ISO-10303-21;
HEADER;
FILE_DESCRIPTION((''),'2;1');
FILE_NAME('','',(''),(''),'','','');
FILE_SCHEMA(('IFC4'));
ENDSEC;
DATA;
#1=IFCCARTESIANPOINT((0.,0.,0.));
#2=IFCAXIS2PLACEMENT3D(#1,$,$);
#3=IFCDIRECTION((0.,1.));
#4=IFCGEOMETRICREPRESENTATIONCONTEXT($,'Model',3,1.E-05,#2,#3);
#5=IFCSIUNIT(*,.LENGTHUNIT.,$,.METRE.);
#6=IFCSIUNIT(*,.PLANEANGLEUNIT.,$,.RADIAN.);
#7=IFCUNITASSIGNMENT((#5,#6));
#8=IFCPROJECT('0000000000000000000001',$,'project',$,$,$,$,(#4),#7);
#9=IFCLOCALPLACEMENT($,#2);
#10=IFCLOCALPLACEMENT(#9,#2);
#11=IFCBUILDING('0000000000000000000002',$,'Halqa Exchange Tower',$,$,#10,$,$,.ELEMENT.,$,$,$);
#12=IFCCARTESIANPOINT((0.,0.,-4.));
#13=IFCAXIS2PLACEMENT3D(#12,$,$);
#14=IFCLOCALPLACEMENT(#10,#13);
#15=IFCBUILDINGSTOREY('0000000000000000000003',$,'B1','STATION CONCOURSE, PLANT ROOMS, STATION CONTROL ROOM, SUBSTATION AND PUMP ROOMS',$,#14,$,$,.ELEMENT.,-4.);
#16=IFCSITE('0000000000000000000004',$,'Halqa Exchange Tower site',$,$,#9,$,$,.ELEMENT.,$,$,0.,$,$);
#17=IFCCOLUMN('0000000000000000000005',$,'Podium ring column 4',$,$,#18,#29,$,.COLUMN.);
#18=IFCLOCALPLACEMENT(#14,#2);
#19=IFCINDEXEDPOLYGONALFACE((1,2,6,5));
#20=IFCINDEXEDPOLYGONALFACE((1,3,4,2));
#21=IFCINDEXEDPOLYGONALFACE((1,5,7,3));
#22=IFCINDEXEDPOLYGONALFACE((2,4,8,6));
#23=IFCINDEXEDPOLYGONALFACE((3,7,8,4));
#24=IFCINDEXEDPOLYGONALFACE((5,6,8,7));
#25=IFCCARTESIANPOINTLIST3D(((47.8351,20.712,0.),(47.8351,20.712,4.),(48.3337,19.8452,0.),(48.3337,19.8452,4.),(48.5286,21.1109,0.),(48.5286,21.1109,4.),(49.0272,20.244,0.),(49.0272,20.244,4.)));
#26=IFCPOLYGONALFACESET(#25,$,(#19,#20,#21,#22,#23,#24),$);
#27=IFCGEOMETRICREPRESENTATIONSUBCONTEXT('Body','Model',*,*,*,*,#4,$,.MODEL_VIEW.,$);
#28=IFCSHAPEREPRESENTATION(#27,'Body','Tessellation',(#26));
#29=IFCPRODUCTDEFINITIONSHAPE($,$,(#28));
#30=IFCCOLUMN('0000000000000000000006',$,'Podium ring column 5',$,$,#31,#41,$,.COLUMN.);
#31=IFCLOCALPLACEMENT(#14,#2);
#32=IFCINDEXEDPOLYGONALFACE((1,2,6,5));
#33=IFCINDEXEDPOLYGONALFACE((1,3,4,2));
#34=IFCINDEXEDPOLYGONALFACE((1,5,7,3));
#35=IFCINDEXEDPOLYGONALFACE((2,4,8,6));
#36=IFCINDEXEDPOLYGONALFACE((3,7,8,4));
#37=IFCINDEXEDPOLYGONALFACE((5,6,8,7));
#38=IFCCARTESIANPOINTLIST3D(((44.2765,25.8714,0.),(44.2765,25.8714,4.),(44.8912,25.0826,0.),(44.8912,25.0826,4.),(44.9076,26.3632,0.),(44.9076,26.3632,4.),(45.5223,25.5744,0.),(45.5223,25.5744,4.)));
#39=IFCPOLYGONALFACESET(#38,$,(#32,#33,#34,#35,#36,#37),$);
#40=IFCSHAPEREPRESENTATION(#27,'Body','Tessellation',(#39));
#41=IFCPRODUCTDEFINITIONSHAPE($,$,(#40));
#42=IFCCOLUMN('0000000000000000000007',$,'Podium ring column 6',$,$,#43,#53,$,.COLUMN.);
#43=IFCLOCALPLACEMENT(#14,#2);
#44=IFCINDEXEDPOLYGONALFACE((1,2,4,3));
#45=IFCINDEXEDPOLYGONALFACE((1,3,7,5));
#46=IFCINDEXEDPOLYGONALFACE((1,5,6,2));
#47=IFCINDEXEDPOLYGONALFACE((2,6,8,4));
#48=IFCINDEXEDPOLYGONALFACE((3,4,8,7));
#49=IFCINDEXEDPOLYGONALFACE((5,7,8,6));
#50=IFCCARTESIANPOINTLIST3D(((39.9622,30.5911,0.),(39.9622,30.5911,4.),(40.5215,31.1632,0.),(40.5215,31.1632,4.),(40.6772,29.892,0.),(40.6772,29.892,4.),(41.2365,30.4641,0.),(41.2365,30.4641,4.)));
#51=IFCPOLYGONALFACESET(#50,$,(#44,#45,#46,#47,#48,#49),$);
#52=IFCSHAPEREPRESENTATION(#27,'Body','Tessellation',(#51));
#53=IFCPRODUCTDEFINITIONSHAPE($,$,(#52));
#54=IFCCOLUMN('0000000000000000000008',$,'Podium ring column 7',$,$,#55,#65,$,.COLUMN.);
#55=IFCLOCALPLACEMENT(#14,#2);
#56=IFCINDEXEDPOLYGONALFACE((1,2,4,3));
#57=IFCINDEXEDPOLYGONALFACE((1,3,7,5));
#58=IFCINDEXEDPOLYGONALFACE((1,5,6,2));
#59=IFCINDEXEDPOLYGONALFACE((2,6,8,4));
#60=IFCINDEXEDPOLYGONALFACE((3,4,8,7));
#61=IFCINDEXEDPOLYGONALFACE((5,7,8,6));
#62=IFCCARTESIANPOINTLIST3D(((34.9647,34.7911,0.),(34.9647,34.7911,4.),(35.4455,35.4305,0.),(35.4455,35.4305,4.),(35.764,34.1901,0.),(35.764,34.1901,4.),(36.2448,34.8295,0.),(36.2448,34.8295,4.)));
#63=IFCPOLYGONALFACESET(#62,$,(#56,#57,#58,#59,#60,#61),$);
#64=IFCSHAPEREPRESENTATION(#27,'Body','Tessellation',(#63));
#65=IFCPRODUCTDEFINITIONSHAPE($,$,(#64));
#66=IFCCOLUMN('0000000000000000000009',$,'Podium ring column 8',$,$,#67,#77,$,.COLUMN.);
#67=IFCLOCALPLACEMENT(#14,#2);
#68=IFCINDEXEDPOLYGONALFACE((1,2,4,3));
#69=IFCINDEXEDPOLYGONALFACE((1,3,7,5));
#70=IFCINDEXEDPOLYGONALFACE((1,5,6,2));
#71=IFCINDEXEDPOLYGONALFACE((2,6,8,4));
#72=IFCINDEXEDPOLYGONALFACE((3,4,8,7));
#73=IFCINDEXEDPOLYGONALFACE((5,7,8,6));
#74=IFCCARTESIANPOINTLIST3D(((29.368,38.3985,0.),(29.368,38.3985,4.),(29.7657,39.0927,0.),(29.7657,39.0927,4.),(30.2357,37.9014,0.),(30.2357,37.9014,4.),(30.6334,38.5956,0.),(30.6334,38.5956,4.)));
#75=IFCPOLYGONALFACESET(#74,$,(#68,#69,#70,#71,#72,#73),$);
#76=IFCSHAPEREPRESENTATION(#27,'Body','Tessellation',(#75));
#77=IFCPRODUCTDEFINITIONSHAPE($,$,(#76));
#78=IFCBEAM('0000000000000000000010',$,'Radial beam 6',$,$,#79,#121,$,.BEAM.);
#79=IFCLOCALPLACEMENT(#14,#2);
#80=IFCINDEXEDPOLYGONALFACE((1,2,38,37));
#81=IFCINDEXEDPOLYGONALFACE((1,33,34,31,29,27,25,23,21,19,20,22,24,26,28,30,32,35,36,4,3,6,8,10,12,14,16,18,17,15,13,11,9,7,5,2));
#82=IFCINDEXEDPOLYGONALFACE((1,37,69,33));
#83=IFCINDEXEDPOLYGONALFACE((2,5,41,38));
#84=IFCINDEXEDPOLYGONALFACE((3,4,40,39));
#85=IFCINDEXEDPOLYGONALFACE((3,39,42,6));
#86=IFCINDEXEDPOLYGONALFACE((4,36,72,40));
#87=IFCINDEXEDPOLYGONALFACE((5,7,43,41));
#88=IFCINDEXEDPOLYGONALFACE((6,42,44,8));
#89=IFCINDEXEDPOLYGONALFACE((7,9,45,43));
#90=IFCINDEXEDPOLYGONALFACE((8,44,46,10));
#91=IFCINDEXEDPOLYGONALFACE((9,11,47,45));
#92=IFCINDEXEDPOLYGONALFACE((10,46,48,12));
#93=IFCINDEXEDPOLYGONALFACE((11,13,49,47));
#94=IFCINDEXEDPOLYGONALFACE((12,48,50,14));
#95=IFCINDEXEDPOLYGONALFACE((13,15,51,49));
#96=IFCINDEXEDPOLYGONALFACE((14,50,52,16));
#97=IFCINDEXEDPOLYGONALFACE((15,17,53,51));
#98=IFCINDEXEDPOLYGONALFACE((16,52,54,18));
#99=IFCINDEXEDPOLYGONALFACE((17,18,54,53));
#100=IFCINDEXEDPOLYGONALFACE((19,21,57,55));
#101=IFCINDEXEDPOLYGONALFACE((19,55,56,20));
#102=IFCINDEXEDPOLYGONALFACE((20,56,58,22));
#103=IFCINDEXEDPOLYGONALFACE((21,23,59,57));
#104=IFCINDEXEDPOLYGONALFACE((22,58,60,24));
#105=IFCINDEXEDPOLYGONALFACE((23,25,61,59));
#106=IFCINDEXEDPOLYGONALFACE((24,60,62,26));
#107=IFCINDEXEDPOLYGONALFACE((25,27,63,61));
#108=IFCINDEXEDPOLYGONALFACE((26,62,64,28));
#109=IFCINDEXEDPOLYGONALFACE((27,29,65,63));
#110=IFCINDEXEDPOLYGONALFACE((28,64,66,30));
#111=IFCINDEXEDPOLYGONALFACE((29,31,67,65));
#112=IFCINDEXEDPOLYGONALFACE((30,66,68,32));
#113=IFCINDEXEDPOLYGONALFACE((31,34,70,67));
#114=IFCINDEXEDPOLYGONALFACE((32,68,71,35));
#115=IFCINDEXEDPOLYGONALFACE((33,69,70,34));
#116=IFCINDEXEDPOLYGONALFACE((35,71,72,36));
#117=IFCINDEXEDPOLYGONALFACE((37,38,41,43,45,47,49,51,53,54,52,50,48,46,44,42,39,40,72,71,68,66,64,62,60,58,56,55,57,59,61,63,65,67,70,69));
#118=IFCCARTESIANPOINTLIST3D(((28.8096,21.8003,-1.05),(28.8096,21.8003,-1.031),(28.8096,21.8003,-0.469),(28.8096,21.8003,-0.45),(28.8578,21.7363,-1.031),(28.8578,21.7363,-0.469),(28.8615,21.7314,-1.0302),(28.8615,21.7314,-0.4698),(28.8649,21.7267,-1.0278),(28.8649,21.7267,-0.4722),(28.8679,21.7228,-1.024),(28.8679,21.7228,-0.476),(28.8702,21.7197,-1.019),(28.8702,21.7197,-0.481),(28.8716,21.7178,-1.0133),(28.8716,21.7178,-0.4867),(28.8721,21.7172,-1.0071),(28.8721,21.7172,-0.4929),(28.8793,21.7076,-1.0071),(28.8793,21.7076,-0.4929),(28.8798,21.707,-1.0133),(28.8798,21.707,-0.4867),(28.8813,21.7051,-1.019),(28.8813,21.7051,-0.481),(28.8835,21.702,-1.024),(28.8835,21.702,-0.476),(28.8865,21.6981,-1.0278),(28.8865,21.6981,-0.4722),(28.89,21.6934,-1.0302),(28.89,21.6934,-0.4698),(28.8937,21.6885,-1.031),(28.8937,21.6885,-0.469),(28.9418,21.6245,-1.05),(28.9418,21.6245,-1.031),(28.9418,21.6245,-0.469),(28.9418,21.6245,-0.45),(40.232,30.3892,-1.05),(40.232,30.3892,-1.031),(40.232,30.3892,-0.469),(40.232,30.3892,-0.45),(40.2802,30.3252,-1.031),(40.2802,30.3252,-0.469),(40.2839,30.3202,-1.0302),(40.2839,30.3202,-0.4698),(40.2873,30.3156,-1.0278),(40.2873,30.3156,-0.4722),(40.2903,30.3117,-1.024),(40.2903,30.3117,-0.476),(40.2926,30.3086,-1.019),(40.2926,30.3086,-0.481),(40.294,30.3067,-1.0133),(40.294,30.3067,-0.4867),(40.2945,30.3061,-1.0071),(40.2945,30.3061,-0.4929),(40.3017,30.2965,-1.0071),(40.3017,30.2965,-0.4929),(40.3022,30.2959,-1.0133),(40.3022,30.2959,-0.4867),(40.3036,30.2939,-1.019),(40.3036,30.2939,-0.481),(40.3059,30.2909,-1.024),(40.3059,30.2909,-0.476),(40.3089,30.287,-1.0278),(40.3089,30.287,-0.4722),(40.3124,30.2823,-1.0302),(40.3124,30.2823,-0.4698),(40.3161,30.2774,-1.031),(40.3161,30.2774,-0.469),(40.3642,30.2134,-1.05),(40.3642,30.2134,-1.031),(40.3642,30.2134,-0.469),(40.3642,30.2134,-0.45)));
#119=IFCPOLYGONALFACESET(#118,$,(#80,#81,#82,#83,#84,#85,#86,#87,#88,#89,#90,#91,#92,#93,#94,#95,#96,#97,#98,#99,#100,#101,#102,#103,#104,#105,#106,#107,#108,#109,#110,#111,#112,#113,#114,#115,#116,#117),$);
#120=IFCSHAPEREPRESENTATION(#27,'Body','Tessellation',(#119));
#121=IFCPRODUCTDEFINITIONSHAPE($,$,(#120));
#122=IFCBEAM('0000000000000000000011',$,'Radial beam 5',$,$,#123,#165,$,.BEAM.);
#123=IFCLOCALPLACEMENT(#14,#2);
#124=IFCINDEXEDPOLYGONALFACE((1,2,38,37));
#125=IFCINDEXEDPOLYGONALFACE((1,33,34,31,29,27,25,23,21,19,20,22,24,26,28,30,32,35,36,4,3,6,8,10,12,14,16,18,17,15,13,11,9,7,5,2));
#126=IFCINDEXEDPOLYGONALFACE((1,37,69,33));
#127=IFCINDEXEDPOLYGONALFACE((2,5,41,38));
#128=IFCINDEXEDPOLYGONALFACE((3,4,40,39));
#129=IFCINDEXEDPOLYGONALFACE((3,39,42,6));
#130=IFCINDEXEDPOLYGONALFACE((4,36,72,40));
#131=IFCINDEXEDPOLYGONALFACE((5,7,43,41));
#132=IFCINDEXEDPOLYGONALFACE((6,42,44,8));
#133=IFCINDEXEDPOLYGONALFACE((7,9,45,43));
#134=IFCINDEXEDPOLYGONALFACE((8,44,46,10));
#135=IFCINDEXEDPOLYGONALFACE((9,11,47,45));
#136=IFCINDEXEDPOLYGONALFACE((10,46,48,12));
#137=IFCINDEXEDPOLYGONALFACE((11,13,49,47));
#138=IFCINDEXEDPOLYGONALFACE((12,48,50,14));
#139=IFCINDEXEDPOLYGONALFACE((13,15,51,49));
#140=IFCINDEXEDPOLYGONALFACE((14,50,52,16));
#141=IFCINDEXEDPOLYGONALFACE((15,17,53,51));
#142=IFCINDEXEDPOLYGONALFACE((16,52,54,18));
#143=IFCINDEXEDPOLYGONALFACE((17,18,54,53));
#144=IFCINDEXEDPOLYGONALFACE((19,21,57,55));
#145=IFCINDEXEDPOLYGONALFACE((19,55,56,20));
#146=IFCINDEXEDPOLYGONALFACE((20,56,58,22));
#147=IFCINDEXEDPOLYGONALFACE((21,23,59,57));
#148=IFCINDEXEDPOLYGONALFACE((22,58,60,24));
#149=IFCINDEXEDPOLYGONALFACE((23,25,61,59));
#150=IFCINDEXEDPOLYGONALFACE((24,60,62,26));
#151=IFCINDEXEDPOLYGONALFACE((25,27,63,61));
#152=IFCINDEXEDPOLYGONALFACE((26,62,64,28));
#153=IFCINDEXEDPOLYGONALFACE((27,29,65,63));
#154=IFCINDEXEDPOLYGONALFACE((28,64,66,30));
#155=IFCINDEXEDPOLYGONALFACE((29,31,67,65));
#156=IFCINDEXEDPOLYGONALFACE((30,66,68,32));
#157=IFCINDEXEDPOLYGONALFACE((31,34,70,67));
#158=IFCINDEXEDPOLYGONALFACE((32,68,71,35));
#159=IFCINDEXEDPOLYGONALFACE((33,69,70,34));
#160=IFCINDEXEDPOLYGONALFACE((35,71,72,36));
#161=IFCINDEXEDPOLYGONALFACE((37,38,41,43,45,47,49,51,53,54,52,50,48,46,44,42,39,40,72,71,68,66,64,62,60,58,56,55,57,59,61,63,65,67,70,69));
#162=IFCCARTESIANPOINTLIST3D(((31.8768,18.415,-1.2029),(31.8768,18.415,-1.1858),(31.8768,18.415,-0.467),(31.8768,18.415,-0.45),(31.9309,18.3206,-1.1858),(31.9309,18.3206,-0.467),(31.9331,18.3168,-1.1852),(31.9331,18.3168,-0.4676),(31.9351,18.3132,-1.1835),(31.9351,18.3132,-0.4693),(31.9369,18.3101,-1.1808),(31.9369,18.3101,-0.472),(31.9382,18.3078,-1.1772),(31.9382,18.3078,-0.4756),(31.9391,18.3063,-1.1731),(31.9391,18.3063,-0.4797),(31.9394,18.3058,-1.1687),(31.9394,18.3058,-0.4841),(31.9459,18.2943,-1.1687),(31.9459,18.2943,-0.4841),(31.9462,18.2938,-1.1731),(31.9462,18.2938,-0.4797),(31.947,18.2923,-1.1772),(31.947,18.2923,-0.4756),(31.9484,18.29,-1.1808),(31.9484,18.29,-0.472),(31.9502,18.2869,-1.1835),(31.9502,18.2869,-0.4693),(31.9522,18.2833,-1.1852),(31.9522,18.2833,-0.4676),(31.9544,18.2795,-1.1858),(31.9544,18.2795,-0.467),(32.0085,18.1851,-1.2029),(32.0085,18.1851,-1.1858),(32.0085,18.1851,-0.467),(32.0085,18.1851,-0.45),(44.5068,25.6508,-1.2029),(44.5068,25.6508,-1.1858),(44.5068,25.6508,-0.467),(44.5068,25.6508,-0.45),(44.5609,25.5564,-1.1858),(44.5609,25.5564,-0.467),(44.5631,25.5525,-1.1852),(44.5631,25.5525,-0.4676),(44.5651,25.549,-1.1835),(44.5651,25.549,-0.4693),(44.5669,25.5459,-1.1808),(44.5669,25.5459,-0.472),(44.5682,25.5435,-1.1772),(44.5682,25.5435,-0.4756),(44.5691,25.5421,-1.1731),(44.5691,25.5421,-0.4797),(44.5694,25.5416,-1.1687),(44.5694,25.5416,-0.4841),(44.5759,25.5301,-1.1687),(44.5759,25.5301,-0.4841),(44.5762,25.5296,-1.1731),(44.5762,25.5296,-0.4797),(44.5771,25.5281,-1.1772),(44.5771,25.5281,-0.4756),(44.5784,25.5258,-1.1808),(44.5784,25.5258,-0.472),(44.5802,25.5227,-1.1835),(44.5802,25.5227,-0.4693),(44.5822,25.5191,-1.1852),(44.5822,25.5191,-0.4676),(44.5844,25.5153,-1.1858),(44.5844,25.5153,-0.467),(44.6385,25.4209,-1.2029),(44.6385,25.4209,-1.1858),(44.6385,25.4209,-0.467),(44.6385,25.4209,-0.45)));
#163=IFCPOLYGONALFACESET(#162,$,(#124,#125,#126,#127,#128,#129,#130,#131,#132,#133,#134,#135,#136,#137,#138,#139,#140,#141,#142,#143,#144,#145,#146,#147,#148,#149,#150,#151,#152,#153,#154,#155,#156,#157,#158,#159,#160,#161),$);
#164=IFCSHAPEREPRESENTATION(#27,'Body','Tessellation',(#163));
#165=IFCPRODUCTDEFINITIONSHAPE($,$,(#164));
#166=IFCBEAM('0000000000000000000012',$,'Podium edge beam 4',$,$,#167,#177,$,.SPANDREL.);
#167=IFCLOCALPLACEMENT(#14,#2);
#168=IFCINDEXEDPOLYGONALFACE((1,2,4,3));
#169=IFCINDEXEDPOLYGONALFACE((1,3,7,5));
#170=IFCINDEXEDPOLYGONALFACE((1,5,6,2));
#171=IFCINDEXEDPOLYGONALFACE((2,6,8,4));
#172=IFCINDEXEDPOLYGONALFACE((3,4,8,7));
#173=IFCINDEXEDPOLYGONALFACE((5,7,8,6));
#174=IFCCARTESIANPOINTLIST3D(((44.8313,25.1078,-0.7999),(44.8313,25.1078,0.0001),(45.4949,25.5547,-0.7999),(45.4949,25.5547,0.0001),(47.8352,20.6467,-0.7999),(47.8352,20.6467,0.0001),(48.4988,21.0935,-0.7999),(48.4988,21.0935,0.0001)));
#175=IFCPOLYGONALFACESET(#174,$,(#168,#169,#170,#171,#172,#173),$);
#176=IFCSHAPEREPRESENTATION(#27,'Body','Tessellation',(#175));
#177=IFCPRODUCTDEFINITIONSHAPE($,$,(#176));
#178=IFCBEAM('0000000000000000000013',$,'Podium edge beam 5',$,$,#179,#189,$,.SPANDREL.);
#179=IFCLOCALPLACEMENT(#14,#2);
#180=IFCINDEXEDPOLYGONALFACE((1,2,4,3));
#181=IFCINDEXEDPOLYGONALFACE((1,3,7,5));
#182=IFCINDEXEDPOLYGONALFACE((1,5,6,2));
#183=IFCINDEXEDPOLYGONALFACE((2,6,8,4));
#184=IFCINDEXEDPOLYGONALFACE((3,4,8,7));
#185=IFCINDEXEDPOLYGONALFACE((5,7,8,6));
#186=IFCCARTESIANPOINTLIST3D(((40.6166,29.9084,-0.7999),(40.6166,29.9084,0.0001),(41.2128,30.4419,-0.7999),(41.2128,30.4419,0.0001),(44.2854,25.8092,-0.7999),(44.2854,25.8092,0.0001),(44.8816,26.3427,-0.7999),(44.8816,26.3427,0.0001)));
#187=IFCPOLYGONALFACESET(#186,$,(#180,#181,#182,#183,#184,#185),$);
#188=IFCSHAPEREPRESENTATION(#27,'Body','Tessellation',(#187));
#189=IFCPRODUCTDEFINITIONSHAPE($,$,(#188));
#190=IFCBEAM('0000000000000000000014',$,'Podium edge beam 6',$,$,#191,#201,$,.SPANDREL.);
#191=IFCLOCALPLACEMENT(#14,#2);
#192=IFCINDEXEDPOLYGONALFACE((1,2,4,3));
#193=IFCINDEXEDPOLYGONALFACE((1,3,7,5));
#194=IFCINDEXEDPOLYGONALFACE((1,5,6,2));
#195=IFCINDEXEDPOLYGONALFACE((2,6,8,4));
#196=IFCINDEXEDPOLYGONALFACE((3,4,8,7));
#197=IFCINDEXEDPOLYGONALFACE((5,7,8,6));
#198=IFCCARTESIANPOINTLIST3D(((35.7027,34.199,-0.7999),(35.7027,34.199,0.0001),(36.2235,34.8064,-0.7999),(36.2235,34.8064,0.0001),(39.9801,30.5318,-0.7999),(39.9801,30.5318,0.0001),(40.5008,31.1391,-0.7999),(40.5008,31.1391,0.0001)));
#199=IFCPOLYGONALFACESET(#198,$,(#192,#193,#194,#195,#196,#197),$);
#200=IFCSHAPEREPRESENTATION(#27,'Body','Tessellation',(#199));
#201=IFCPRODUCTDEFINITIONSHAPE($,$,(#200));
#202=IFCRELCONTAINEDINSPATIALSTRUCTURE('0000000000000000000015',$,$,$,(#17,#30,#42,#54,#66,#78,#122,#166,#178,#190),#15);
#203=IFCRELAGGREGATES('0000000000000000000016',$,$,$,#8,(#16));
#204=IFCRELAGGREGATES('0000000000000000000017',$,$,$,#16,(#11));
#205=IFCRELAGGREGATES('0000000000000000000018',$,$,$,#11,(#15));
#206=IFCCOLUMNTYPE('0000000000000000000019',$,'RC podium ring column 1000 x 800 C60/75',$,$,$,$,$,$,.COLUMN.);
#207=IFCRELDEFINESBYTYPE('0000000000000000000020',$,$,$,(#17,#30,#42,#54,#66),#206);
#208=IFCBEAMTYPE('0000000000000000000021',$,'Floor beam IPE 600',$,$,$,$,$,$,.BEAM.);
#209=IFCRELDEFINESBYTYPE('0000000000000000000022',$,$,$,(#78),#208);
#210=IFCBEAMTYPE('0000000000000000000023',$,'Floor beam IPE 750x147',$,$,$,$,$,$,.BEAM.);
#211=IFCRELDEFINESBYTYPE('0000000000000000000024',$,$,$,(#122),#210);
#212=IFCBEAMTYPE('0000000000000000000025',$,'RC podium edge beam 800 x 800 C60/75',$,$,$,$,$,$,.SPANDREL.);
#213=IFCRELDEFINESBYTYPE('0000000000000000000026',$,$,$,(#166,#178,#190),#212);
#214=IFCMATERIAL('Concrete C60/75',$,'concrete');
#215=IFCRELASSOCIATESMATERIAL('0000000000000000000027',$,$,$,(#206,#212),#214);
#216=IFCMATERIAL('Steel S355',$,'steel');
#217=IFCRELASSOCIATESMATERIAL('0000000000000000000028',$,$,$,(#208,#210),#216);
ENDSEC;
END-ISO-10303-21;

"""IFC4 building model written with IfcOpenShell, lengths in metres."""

from ifc_helpers import new_model, si_unit, direction, frame, origin, origin_2d, place, context, subcontext, project, spatial, rectangle, i_section, extrude, material, material_profile, profile_set, type_object, element, save


model = new_model("IFC4")

# Units and contexts
model_context = context("Model", 3, precision=1e-05, world=origin(), true_north=direction((0.0, 1.0)))
body_context = subcontext(model_context, "Body", "Model", "MODEL_VIEW")
ifc_project = project(units=[si_unit("LENGTHUNIT", "METRE"), si_unit("PLANEANGLEUNIT", "RADIAN")], contexts=[model_context])

# Site, building, storey
site_placement = place(None, origin())
site = spatial("IfcSite", under=ifc_project, at=site_placement, Name="Halqa Exchange Tower site", CompositionType="ELEMENT", RefElevation=0.0)
building_placement = place(site_placement, origin())
building = spatial("IfcBuilding", under=site, at=building_placement, Name="Halqa Exchange Tower", CompositionType="ELEMENT")
storey_placement = place(building_placement, frame((0.0, 0.0, -4.0)))
storey = spatial("IfcBuildingStorey", under=building, at=storey_placement, Name="B1", Description="STATION CONCOURSE, PLANT ROOMS, STATION CONTROL ROOM, SUBSTATION AND PUMP ROOMS", CompositionType="ELEMENT", Elevation=-4.0)

# Columns
ifc_material_1 = material(Name="Concrete C60/75", Category="concrete")
ifc_material_profile_1 = material_profile(ifc_material_1, rectangle(XDim=1.0, YDim=0.8, at=origin_2d()), Name="1000 x 800")
ifc_profile_set_1 = profile_set([ifc_material_profile_1], Name="Concrete C60/75")
column_type = type_object("IfcColumnType", Name="RC podium ring column 1000 x 800 C60/75", PredefinedType="COLUMN", material=ifc_profile_set_1)
for number, where, z_axis, x_axis, name in (
    (1, (48.4312, 20.478, 0.0), (0.0, 0.0, 1.0), (-0.498569, 0.86685, 0.0), "Podium ring column 4"),
    (2, (44.8994, 25.7229, 0.0), (0.0, 0.0, 1.0), (-0.614691, 0.788768, 0.0), "Podium ring column 5"),
    (3, (40.5994, 30.5276, 0.0), (0.0, 0.0, 1.0), (-0.715039, 0.699085, 0.0), "Podium ring column 6"),
    (4, (35.6047, 34.8103, 0.0), (0.0, 0.0, 1.0), (-0.79926, 0.600985, 0.0), "Podium ring column 7"),
    (5, (30.0007, 38.4971, 0.0), (0.0, 0.0, 1.0), (-0.867693, 0.4971, 0.0), "Podium ring column 8"),
):
    element("IfcColumn", number, at=place(storey_placement, frame(where, z_axis=z_axis, x_axis=x_axis)), inside=storey, type_object=column_type, Name=name, PredefinedType="COLUMN", context=body_context, shape_type="SweptSolid", body=[
        extrude(rectangle(XDim=1.0, YDim=0.8, at=origin_2d()), origin(), (0.0, 0.0, 1.0), 4.0),
    ])

# Beams
ifc_material_2 = material(Name="Steel S355", Category="steel")
ifc_material_profile_2 = material_profile(ifc_material_2, i_section(OverallWidth=0.22, OverallDepth=0.6001, WebThickness=0.012, FlangeThickness=0.019, FilletRadius=0.0239, at=origin_2d()), Name="IPE 600")
ifc_profile_set_2 = profile_set([ifc_material_profile_2], Name="Steel S355")
beam_type_1 = type_object("IfcBeamType", Name="Floor beam IPE 600", PredefinedType="BEAM", material=ifc_profile_set_2)
beam_1_placement = place(storey_placement, frame((28.8757, 21.7124, -0.75), z_axis=(0.799257, 0.600989, 0.0), x_axis=(-0.600989, 0.799257, 0.0)))
element("IfcBeam", 6, at=beam_1_placement, inside=storey, type_object=beam_type_1, Name="Radial beam 6", PredefinedType="BEAM", context=body_context, shape_type="SweptSolid", body=[
    extrude(i_section(OverallWidth=0.22, OverallDepth=0.6001, WebThickness=0.012, FlangeThickness=0.019, FilletRadius=0.0239, at=origin_2d()), origin(), (0.0, 0.0, 1.0), 14.2913),
])
ifc_material_profile_3 = material_profile(ifc_material_2, i_section(OverallWidth=0.2649, OverallDepth=0.7529, WebThickness=0.0132, FlangeThickness=0.0171, FilletRadius=0.0171, at=origin_2d()), Name="IPE 750x147")
ifc_profile_set_3 = profile_set([ifc_material_profile_3], Name="Steel S355")
beam_type_2 = type_object("IfcBeamType", Name="Floor beam IPE 750x147", PredefinedType="BEAM", material=ifc_profile_set_3)
beam_2_placement = place(storey_placement, frame((31.9426, 18.3, -0.8264), z_axis=(0.867691, 0.497103, 0.0), x_axis=(-0.497103, 0.867691, 0.0)))
element("IfcBeam", 7, at=beam_2_placement, inside=storey, type_object=beam_type_2, Name="Radial beam 5", PredefinedType="BEAM", context=body_context, shape_type="SweptSolid", body=[
    extrude(i_section(OverallWidth=0.2649, OverallDepth=0.7529, WebThickness=0.0132, FlangeThickness=0.0171, FilletRadius=0.0171, at=origin_2d()), origin(), (0.0, 0.0, 1.0), 14.5559),
])
ifc_material_profile_4 = material_profile(ifc_material_1, rectangle(XDim=0.8, YDim=0.8, at=origin_2d()), Name="800 x 800")
ifc_profile_set_4 = profile_set([ifc_material_profile_4], Name="Concrete C60/75")
beam_type_3 = type_object("IfcBeamType", Name="RC podium edge beam 800 x 800 C60/75", PredefinedType="SPANDREL", material=ifc_profile_set_4)
beam_3_placement = place(storey_placement, frame((48.167, 20.8701, -0.3999), z_axis=(-0.558528, 0.829485, 0.0), x_axis=(-0.829485, -0.558528, 0.0)))
element("IfcBeam", 8, at=beam_3_placement, inside=storey, type_object=beam_type_3, Name="Podium edge beam 4", PredefinedType="SPANDREL", context=body_context, shape_type="SweptSolid", body=[
    extrude(rectangle(XDim=0.8, YDim=0.8, at=origin_2d()), origin(), (0.0, 0.0, 1.0), 5.3782),
])
beam_4_placement = place(storey_placement, frame((44.5835, 26.0759, -0.3999), z_axis=(-0.666903, 0.745145, 0.0), x_axis=(-0.745145, -0.666903, 0.0)))
element("IfcBeam", 9, at=beam_4_placement, inside=storey, type_object=beam_type_3, Name="Podium edge beam 5", PredefinedType="SPANDREL", context=body_context, shape_type="SweptSolid", body=[
    extrude(rectangle(XDim=0.8, YDim=0.8, at=origin_2d()), origin(), (0.0, 0.0, 1.0), 5.5012),
])
beam_5_placement = place(storey_placement, frame((40.2405, 30.8354, -0.3999), z_axis=(-0.759174, 0.650888, 0.0), x_axis=(-0.650888, -0.759174, 0.0)))
element("IfcBeam", 10, at=beam_5_placement, inside=storey, type_object=beam_type_3, Name="Podium edge beam 6", PredefinedType="SPANDREL", context=body_context, shape_type="SweptSolid", body=[
    extrude(rectangle(XDim=0.8, YDim=0.8, at=origin_2d()), origin(), (0.0, 0.0, 1.0), 5.6343),
])

save(model, "model.ifc")
